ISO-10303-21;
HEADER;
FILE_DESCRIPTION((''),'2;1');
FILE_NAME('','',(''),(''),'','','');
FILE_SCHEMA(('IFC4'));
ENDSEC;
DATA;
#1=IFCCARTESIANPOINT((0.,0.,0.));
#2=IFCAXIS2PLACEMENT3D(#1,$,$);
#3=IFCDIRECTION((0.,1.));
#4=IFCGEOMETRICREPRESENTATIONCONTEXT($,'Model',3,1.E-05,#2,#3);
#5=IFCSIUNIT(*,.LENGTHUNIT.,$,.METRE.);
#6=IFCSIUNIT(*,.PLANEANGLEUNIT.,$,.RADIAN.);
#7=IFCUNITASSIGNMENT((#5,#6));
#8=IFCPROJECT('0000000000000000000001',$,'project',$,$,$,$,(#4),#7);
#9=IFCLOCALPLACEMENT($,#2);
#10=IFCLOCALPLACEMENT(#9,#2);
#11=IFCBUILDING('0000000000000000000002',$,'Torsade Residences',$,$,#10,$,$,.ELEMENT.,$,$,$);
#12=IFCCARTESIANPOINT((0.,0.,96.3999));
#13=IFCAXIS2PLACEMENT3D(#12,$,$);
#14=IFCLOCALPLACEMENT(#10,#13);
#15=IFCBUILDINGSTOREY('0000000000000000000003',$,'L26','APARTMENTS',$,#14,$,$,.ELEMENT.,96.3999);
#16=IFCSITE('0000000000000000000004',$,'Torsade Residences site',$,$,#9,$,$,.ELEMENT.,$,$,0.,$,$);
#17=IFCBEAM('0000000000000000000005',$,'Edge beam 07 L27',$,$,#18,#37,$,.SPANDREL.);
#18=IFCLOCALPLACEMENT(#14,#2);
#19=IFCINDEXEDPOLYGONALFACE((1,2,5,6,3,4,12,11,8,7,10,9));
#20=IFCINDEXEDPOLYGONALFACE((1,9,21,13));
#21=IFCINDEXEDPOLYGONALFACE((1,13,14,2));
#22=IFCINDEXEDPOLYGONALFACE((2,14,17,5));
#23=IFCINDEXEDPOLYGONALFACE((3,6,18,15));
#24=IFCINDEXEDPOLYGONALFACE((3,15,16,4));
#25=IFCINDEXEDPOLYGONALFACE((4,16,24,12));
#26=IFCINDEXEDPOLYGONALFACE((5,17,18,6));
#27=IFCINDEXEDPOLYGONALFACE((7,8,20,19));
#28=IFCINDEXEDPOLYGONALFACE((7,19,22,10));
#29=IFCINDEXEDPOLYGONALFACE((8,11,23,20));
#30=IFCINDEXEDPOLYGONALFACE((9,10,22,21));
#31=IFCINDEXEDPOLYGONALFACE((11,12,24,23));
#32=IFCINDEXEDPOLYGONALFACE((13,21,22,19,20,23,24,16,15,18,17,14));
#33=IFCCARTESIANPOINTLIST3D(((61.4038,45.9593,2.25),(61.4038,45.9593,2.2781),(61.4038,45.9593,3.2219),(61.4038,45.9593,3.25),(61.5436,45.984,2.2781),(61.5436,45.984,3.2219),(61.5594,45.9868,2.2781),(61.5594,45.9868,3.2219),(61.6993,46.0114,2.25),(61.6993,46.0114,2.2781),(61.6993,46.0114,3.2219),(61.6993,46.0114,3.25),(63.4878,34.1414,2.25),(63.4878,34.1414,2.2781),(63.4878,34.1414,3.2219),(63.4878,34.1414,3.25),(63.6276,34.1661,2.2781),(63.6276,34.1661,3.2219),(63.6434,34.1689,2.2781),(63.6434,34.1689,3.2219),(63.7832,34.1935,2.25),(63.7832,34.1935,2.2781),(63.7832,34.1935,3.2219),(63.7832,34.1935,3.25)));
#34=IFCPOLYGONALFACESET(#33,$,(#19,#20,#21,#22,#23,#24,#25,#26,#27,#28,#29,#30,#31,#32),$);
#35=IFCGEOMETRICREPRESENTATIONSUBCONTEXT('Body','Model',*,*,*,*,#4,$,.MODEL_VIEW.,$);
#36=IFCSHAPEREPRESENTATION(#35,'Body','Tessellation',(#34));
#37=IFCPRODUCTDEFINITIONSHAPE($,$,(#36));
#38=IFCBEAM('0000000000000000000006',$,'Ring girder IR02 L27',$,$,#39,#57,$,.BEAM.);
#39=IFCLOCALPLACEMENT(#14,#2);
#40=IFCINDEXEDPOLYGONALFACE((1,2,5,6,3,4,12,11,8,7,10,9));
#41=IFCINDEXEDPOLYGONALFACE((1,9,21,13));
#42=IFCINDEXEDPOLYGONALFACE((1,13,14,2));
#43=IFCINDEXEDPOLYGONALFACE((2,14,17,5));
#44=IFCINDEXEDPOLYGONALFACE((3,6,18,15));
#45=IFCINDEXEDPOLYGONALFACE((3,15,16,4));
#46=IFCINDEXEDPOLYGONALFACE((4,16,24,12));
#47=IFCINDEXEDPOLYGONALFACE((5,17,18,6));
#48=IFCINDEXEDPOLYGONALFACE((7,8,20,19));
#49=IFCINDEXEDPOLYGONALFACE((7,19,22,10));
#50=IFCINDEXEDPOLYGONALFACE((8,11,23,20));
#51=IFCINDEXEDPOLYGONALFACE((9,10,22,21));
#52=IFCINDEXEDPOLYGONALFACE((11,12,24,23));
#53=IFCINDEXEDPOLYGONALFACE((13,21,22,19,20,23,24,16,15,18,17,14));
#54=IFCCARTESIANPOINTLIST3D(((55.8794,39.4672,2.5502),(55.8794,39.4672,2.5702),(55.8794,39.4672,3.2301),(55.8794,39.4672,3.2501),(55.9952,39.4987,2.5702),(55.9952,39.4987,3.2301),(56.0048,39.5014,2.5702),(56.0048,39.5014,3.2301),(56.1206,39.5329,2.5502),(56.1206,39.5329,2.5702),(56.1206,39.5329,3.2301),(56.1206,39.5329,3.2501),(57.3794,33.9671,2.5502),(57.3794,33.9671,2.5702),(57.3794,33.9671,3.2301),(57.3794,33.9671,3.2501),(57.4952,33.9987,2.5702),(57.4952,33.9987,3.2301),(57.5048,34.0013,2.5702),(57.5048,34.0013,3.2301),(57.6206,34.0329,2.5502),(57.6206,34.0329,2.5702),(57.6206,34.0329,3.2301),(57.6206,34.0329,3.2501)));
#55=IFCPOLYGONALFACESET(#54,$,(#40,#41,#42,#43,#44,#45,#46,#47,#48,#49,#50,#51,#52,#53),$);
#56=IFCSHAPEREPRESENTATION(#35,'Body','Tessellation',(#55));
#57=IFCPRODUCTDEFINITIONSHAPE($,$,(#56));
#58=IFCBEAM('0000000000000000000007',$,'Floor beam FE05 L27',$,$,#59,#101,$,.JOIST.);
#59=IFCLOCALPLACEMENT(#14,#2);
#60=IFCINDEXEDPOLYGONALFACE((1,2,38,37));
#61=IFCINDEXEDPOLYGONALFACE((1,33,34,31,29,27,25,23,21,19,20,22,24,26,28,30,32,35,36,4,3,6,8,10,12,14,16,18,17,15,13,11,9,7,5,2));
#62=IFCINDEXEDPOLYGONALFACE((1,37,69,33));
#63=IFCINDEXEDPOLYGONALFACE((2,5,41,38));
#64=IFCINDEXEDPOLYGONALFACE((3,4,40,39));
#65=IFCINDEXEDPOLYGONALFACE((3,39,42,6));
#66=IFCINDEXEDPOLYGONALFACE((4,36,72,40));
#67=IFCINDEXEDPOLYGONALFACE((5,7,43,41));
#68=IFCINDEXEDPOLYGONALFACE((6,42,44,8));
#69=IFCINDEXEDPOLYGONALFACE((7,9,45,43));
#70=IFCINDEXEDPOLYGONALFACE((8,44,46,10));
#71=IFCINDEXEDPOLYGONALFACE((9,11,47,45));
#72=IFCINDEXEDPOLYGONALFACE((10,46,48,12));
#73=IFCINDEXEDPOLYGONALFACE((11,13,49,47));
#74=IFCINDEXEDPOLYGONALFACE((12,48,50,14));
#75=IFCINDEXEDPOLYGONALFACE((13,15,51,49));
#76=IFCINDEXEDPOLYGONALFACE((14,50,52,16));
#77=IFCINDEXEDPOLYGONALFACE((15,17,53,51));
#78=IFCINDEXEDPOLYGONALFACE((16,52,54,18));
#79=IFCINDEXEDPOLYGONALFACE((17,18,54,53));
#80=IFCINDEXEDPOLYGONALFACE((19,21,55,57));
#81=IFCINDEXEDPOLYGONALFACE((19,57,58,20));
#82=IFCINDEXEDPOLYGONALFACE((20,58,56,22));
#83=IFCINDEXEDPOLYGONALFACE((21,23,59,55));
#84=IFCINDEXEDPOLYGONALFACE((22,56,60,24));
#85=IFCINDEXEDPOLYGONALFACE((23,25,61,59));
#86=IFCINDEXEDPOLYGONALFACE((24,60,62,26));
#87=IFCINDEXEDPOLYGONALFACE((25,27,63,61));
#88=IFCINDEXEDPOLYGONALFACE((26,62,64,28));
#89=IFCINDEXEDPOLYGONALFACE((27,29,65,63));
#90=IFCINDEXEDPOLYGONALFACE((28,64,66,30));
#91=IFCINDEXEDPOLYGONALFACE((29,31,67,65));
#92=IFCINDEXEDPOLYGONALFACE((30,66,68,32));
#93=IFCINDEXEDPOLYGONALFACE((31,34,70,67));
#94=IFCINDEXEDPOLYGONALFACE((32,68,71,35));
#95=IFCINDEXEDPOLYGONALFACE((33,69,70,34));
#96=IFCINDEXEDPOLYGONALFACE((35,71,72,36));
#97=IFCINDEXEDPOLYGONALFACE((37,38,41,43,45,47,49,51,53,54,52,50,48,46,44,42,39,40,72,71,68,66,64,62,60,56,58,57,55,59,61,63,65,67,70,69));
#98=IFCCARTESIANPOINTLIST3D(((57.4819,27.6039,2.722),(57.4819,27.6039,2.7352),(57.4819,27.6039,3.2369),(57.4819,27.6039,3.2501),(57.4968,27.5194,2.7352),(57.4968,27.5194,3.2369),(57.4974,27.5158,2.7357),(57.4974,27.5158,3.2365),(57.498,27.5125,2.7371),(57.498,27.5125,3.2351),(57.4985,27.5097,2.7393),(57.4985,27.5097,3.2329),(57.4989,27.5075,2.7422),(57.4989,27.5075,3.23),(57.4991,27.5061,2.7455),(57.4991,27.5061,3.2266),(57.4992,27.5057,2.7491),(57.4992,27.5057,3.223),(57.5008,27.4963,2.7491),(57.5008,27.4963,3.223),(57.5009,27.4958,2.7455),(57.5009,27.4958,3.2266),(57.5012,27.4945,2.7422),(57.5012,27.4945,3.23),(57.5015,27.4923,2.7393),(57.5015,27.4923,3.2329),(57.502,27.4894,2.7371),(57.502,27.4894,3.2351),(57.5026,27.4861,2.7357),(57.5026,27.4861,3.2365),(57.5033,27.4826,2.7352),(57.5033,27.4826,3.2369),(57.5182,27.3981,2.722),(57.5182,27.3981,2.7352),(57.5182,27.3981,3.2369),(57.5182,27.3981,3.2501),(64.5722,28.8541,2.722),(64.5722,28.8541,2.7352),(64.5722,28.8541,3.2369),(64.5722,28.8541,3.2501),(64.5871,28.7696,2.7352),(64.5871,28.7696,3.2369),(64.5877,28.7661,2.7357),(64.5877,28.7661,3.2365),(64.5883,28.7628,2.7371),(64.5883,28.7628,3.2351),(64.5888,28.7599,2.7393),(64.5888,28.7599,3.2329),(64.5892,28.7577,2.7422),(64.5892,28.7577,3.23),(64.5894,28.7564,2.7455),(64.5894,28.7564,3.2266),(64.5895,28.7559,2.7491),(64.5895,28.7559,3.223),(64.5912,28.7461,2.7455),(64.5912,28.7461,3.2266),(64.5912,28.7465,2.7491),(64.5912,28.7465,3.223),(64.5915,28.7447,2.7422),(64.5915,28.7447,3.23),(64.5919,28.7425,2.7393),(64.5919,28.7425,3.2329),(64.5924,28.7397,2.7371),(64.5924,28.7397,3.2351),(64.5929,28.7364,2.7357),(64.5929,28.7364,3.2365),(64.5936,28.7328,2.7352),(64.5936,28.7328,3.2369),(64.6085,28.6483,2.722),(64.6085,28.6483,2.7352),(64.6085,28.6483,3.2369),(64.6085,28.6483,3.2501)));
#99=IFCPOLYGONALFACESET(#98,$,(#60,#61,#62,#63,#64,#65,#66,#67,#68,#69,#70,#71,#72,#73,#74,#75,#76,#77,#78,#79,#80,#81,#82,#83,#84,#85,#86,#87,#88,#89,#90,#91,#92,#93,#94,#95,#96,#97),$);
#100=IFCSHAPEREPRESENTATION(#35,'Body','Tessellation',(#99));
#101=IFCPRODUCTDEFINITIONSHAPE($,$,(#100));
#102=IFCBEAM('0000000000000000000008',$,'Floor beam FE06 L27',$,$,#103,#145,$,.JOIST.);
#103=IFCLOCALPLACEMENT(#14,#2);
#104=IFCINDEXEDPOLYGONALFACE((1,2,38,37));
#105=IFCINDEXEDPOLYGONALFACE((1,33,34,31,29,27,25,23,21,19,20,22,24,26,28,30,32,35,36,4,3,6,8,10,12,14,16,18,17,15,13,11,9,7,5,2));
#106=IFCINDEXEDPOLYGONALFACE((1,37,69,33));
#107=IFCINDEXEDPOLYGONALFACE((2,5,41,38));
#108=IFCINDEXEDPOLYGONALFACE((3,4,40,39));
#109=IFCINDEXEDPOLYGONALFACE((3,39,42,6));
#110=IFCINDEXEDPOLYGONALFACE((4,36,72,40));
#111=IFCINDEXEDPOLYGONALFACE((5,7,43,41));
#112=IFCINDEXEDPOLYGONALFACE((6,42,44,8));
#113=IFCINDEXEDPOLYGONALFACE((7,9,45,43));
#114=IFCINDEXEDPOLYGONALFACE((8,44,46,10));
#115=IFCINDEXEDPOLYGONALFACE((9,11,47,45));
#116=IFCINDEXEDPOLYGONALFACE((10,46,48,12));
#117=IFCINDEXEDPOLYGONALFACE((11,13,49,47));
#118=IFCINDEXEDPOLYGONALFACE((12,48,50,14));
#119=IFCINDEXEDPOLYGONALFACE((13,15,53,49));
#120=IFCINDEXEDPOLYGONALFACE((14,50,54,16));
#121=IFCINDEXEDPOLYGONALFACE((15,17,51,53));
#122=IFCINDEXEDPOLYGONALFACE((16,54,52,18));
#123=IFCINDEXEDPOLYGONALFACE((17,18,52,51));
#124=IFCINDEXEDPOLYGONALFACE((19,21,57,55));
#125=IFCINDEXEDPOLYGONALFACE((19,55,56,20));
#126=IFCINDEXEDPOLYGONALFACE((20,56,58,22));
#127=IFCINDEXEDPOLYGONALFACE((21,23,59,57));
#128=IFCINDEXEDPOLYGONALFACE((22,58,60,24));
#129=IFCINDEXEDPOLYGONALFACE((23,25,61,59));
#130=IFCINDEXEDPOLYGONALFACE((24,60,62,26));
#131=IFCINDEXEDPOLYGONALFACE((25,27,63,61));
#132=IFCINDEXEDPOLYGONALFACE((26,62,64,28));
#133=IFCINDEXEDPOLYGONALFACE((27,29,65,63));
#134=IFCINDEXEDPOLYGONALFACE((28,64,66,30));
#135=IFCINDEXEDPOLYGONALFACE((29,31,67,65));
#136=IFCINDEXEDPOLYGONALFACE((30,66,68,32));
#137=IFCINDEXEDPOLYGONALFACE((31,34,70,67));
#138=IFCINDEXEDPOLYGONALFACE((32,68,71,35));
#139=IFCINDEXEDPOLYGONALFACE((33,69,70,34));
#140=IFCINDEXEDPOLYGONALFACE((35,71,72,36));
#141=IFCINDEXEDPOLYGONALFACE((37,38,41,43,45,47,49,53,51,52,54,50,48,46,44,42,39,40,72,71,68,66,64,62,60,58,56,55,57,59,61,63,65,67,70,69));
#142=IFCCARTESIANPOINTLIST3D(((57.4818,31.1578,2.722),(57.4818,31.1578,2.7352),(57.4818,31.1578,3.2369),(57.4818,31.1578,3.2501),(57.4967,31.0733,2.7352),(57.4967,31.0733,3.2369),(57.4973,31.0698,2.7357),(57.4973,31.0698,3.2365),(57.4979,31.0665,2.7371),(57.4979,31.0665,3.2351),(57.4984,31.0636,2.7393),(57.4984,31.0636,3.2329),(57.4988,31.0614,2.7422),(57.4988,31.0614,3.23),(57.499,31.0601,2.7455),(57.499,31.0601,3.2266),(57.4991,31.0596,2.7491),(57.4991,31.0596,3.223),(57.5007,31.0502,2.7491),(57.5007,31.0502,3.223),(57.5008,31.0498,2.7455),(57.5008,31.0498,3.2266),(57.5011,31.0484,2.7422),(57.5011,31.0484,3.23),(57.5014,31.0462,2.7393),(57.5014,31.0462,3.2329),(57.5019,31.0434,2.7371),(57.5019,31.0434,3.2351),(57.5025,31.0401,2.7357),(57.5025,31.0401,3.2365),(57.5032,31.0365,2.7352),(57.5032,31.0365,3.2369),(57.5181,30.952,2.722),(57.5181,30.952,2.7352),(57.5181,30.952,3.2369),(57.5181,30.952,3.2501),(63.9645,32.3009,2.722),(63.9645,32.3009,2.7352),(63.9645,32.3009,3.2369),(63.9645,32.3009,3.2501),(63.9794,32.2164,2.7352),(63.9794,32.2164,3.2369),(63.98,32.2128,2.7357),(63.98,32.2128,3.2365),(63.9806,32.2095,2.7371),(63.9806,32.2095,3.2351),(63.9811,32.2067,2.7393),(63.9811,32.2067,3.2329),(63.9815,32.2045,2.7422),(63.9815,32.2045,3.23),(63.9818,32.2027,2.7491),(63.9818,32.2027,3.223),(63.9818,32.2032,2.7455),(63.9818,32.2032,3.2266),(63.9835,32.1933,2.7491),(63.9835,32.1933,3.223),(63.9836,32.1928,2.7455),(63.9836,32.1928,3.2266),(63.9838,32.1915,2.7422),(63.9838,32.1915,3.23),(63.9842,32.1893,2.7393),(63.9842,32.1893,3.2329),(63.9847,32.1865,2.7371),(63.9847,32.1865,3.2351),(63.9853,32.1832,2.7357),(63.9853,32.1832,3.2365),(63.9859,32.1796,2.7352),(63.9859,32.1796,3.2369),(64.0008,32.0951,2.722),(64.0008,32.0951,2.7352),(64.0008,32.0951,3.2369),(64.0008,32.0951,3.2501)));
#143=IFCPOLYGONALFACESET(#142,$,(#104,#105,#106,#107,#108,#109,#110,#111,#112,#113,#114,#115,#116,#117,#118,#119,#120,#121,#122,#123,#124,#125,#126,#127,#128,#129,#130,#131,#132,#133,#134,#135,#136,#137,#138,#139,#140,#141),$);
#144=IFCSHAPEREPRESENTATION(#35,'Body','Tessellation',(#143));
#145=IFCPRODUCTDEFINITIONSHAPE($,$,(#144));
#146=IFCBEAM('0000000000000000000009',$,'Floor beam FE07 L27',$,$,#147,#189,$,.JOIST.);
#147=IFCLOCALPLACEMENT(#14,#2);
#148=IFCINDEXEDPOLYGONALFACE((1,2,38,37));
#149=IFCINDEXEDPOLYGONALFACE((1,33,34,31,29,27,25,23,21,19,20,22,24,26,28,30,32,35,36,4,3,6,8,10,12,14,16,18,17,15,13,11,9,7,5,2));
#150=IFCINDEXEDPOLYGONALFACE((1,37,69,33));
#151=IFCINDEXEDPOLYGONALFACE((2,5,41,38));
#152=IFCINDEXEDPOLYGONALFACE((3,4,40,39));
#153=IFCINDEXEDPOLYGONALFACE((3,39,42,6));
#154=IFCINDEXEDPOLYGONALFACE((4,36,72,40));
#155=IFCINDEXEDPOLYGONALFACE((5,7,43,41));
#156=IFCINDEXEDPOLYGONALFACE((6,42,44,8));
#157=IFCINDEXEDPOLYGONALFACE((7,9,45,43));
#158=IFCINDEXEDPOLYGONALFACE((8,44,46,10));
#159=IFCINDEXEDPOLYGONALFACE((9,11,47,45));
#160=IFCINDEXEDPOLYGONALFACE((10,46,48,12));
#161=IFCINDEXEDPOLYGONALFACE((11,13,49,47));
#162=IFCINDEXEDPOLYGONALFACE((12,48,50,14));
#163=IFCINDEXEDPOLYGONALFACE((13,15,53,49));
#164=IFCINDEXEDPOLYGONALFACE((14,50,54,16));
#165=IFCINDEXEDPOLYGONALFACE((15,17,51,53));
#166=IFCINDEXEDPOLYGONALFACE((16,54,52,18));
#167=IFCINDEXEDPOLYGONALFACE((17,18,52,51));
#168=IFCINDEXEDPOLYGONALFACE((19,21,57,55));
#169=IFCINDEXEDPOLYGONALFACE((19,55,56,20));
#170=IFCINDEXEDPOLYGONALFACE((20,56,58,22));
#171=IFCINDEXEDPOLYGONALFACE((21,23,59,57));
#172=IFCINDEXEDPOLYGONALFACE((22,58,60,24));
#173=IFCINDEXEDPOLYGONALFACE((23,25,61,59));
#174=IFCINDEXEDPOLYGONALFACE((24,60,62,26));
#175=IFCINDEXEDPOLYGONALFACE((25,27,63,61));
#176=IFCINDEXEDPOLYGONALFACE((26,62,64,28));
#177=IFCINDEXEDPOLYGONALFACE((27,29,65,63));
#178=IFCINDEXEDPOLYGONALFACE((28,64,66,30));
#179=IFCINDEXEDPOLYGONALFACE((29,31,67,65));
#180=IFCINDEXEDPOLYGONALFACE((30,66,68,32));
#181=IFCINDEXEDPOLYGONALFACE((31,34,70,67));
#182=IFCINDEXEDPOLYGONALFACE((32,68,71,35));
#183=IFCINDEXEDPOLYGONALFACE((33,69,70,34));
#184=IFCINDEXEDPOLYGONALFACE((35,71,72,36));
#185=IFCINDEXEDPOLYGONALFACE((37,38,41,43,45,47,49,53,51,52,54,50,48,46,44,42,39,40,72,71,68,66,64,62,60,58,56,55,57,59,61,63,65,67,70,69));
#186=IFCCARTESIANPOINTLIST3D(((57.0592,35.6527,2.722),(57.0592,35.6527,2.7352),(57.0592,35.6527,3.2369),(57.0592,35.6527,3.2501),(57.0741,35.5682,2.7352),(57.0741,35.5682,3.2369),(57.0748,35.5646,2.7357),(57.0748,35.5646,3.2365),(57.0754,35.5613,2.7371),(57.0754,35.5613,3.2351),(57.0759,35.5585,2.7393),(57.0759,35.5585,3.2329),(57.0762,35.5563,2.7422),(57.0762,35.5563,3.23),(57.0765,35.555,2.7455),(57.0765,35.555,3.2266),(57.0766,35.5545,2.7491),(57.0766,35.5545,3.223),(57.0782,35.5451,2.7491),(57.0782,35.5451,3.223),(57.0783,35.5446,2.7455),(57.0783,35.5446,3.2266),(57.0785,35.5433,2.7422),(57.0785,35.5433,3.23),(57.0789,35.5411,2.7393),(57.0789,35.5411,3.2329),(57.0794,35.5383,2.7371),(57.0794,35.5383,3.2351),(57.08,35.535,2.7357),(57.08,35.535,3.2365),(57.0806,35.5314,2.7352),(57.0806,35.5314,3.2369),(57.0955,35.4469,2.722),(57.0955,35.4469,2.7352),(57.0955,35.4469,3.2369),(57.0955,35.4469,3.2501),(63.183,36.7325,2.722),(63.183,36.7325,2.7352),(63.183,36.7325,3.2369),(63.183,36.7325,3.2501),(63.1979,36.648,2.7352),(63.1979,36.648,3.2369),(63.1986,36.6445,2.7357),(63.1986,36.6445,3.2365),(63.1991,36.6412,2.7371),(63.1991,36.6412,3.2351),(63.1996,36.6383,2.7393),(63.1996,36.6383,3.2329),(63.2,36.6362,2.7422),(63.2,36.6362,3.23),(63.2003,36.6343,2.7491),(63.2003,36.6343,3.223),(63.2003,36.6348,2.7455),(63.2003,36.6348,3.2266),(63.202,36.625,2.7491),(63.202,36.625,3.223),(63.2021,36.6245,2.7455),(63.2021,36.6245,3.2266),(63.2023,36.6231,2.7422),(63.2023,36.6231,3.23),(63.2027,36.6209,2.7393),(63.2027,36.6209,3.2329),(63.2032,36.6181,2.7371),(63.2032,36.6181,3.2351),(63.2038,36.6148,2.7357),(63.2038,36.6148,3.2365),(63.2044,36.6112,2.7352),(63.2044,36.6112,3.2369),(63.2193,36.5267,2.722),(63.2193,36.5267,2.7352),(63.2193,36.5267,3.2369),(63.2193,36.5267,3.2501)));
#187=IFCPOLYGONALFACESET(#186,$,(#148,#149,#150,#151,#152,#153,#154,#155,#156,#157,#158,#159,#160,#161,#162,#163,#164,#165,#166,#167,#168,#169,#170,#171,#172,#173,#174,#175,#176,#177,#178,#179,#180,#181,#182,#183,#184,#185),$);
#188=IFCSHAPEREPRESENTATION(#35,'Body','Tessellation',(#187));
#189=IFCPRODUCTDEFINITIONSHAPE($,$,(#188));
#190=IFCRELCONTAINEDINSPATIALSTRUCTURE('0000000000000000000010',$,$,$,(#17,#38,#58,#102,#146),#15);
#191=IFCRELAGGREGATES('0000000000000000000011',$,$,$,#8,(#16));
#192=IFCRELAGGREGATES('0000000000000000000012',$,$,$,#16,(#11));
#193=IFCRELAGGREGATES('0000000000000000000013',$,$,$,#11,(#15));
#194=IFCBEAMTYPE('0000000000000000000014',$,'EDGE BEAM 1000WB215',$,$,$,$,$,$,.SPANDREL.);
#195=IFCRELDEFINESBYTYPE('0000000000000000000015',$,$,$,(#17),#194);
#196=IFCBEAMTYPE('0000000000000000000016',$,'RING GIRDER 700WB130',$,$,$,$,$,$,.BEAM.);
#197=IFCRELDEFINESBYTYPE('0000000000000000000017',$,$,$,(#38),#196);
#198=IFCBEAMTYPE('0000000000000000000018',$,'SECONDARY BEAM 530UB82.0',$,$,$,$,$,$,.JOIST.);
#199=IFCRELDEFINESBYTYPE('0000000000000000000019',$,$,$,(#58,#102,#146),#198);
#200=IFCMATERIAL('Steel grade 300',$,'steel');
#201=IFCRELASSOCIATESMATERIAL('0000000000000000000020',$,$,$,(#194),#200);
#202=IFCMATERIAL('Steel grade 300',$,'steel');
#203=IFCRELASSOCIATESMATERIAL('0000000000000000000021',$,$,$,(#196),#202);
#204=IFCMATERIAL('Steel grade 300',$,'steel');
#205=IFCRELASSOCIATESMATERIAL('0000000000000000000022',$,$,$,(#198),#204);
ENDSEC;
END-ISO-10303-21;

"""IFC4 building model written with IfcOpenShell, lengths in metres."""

from ifc_helpers import new_model, si_unit, direction, frame, origin, origin_2d, place, context, subcontext, project, spatial, i_section, extrude, material, material_profile, profile_set, type_object, element, save


model = new_model("IFC4")

# Units and contexts
model_context = context("Model", 3, precision=1e-05, world=origin(), true_north=direction((0.0, 1.0)))
body_context = subcontext(model_context, "Body", "Model", "MODEL_VIEW")
ifc_project = project(units=[si_unit("LENGTHUNIT", "METRE"), si_unit("PLANEANGLEUNIT", "RADIAN")], contexts=[model_context])

# Site, building, storey
site_placement = place(None, origin())
site = spatial("IfcSite", under=ifc_project, at=site_placement, Name="Torsade Residences site", CompositionType="ELEMENT", RefElevation=0.0)
building_placement = place(site_placement, origin())
building = spatial("IfcBuilding", under=site, at=building_placement, Name="Torsade Residences", CompositionType="ELEMENT")
storey_placement = place(building_placement, frame((0.0, 0.0, 96.3999)))
storey = spatial("IfcBuildingStorey", under=building, at=storey_placement, Name="L26", Description="APARTMENTS", CompositionType="ELEMENT", Elevation=96.3999)

# Beams
ifc_material_1 = material(Name="Steel grade 300", Category="steel")
ifc_material_profile_1 = material_profile(ifc_material_1, i_section(OverallWidth=0.3, OverallDepth=1.0, WebThickness=0.0161, FlangeThickness=0.0281, at=origin_2d()), Name="1000WB215")
ifc_profile_set_1 = profile_set([ifc_material_profile_1], Name="Steel grade 300")
beam_type_1 = type_object("IfcBeamType", Name="EDGE BEAM 1000WB215", PredefinedType="SPANDREL", material=ifc_profile_set_1)
beam_1_placement = place(storey_placement, frame((63.6355, 34.1675, 2.75), z_axis=(-0.173662, 0.984805, 0.0), x_axis=(-0.984805, -0.173662, 0.0)))
element("IfcBeam", 1, at=beam_1_placement, inside=storey, type_object=beam_type_1, Name="Edge beam 07 L27", PredefinedType="SPANDREL", context=body_context, shape_type="SweptSolid", body=[
    extrude(i_section(OverallWidth=0.3, OverallDepth=1.0, WebThickness=0.0161, FlangeThickness=0.0281, at=origin_2d()), origin(), (0.0, 0.0, 1.0), 12.0002),
])
ifc_material_2 = material(Name="Steel grade 300", Category="steel")
ifc_material_profile_2 = material_profile(ifc_material_2, i_section(OverallWidth=0.25, OverallDepth=0.7, WebThickness=0.01, FlangeThickness=0.02, at=origin_2d()), Name="700WB130")
ifc_profile_set_2 = profile_set([ifc_material_profile_2], Name="Steel grade 300")
beam_type_2 = type_object("IfcBeamType", Name="RING GIRDER 700WB130", PredefinedType="BEAM", material=ifc_profile_set_2)
beam_2_placement = place(storey_placement, frame((57.5, 34.0, 2.9001), z_axis=(-0.263117, 0.964764, 0.0), x_axis=(-0.964764, -0.263117, 0.0)))
element("IfcBeam", 2, at=beam_2_placement, inside=storey, type_object=beam_type_2, Name="Ring girder IR02 L27", PredefinedType="BEAM", context=body_context, shape_type="SweptSolid", body=[
    extrude(i_section(OverallWidth=0.25, OverallDepth=0.7, WebThickness=0.01, FlangeThickness=0.02, at=origin_2d()), origin(), (0.0, 0.0, 1.0), 5.7009),
])
ifc_material_3 = material(Name="Steel grade 300", Category="steel")
ifc_material_profile_3 = material_profile(ifc_material_3, i_section(OverallWidth=0.209, OverallDepth=0.5281, WebThickness=0.0095, FlangeThickness=0.0132, FilletRadius=0.0139, at=origin_2d()), Name="530UB82.0")
ifc_profile_set_3 = profile_set([ifc_material_profile_3], Name="Steel grade 300")
beam_type_3 = type_object("IfcBeamType", Name="SECONDARY BEAM 530UB82.0", PredefinedType="JOIST", material=ifc_profile_set_3)
beam_3_placement = place(storey_placement, frame((64.5903, 28.7512, 2.9861), z_axis=(-0.984807, -0.173652, 0.0), x_axis=(0.173652, -0.984807, 0.0)))
element("IfcBeam", 3, at=beam_3_placement, inside=storey, type_object=beam_type_3, Name="Floor beam FE05 L27", PredefinedType="JOIST", context=body_context, shape_type="SweptSolid", body=[
    extrude(i_section(OverallWidth=0.209, OverallDepth=0.5281, WebThickness=0.0095, FlangeThickness=0.0132, FilletRadius=0.0139, at=origin_2d()), origin(), (0.0, 0.0, 1.0), 7.1997),
])
beam_4_placement = place(storey_placement, frame((63.9827, 32.198, 2.9861), z_axis=(-0.984808, -0.173648, 0.0), x_axis=(0.173648, -0.984808, 0.0)))
element("IfcBeam", 4, at=beam_4_placement, inside=storey, type_object=beam_type_3, Name="Floor beam FE06 L27", PredefinedType="JOIST", context=body_context, shape_type="SweptSolid", body=[
    extrude(i_section(OverallWidth=0.209, OverallDepth=0.5281, WebThickness=0.0095, FlangeThickness=0.0132, FilletRadius=0.0139, at=origin_2d()), origin(), (0.0, 0.0, 1.0), 6.5828),
])
beam_5_placement = place(storey_placement, frame((63.2012, 36.6296, 2.9861), z_axis=(-0.984806, -0.173655, 0.0), x_axis=(0.173655, -0.984806, 0.0)))
element("IfcBeam", 5, at=beam_5_placement, inside=storey, type_object=beam_type_3, Name="Floor beam FE07 L27", PredefinedType="JOIST", context=body_context, shape_type="SweptSolid", body=[
    extrude(i_section(OverallWidth=0.209, OverallDepth=0.5281, WebThickness=0.0095, FlangeThickness=0.0132, FilletRadius=0.0139, at=origin_2d()), origin(), (0.0, 0.0, 1.0), 6.2183),
])

save(model, "model.ifc")
